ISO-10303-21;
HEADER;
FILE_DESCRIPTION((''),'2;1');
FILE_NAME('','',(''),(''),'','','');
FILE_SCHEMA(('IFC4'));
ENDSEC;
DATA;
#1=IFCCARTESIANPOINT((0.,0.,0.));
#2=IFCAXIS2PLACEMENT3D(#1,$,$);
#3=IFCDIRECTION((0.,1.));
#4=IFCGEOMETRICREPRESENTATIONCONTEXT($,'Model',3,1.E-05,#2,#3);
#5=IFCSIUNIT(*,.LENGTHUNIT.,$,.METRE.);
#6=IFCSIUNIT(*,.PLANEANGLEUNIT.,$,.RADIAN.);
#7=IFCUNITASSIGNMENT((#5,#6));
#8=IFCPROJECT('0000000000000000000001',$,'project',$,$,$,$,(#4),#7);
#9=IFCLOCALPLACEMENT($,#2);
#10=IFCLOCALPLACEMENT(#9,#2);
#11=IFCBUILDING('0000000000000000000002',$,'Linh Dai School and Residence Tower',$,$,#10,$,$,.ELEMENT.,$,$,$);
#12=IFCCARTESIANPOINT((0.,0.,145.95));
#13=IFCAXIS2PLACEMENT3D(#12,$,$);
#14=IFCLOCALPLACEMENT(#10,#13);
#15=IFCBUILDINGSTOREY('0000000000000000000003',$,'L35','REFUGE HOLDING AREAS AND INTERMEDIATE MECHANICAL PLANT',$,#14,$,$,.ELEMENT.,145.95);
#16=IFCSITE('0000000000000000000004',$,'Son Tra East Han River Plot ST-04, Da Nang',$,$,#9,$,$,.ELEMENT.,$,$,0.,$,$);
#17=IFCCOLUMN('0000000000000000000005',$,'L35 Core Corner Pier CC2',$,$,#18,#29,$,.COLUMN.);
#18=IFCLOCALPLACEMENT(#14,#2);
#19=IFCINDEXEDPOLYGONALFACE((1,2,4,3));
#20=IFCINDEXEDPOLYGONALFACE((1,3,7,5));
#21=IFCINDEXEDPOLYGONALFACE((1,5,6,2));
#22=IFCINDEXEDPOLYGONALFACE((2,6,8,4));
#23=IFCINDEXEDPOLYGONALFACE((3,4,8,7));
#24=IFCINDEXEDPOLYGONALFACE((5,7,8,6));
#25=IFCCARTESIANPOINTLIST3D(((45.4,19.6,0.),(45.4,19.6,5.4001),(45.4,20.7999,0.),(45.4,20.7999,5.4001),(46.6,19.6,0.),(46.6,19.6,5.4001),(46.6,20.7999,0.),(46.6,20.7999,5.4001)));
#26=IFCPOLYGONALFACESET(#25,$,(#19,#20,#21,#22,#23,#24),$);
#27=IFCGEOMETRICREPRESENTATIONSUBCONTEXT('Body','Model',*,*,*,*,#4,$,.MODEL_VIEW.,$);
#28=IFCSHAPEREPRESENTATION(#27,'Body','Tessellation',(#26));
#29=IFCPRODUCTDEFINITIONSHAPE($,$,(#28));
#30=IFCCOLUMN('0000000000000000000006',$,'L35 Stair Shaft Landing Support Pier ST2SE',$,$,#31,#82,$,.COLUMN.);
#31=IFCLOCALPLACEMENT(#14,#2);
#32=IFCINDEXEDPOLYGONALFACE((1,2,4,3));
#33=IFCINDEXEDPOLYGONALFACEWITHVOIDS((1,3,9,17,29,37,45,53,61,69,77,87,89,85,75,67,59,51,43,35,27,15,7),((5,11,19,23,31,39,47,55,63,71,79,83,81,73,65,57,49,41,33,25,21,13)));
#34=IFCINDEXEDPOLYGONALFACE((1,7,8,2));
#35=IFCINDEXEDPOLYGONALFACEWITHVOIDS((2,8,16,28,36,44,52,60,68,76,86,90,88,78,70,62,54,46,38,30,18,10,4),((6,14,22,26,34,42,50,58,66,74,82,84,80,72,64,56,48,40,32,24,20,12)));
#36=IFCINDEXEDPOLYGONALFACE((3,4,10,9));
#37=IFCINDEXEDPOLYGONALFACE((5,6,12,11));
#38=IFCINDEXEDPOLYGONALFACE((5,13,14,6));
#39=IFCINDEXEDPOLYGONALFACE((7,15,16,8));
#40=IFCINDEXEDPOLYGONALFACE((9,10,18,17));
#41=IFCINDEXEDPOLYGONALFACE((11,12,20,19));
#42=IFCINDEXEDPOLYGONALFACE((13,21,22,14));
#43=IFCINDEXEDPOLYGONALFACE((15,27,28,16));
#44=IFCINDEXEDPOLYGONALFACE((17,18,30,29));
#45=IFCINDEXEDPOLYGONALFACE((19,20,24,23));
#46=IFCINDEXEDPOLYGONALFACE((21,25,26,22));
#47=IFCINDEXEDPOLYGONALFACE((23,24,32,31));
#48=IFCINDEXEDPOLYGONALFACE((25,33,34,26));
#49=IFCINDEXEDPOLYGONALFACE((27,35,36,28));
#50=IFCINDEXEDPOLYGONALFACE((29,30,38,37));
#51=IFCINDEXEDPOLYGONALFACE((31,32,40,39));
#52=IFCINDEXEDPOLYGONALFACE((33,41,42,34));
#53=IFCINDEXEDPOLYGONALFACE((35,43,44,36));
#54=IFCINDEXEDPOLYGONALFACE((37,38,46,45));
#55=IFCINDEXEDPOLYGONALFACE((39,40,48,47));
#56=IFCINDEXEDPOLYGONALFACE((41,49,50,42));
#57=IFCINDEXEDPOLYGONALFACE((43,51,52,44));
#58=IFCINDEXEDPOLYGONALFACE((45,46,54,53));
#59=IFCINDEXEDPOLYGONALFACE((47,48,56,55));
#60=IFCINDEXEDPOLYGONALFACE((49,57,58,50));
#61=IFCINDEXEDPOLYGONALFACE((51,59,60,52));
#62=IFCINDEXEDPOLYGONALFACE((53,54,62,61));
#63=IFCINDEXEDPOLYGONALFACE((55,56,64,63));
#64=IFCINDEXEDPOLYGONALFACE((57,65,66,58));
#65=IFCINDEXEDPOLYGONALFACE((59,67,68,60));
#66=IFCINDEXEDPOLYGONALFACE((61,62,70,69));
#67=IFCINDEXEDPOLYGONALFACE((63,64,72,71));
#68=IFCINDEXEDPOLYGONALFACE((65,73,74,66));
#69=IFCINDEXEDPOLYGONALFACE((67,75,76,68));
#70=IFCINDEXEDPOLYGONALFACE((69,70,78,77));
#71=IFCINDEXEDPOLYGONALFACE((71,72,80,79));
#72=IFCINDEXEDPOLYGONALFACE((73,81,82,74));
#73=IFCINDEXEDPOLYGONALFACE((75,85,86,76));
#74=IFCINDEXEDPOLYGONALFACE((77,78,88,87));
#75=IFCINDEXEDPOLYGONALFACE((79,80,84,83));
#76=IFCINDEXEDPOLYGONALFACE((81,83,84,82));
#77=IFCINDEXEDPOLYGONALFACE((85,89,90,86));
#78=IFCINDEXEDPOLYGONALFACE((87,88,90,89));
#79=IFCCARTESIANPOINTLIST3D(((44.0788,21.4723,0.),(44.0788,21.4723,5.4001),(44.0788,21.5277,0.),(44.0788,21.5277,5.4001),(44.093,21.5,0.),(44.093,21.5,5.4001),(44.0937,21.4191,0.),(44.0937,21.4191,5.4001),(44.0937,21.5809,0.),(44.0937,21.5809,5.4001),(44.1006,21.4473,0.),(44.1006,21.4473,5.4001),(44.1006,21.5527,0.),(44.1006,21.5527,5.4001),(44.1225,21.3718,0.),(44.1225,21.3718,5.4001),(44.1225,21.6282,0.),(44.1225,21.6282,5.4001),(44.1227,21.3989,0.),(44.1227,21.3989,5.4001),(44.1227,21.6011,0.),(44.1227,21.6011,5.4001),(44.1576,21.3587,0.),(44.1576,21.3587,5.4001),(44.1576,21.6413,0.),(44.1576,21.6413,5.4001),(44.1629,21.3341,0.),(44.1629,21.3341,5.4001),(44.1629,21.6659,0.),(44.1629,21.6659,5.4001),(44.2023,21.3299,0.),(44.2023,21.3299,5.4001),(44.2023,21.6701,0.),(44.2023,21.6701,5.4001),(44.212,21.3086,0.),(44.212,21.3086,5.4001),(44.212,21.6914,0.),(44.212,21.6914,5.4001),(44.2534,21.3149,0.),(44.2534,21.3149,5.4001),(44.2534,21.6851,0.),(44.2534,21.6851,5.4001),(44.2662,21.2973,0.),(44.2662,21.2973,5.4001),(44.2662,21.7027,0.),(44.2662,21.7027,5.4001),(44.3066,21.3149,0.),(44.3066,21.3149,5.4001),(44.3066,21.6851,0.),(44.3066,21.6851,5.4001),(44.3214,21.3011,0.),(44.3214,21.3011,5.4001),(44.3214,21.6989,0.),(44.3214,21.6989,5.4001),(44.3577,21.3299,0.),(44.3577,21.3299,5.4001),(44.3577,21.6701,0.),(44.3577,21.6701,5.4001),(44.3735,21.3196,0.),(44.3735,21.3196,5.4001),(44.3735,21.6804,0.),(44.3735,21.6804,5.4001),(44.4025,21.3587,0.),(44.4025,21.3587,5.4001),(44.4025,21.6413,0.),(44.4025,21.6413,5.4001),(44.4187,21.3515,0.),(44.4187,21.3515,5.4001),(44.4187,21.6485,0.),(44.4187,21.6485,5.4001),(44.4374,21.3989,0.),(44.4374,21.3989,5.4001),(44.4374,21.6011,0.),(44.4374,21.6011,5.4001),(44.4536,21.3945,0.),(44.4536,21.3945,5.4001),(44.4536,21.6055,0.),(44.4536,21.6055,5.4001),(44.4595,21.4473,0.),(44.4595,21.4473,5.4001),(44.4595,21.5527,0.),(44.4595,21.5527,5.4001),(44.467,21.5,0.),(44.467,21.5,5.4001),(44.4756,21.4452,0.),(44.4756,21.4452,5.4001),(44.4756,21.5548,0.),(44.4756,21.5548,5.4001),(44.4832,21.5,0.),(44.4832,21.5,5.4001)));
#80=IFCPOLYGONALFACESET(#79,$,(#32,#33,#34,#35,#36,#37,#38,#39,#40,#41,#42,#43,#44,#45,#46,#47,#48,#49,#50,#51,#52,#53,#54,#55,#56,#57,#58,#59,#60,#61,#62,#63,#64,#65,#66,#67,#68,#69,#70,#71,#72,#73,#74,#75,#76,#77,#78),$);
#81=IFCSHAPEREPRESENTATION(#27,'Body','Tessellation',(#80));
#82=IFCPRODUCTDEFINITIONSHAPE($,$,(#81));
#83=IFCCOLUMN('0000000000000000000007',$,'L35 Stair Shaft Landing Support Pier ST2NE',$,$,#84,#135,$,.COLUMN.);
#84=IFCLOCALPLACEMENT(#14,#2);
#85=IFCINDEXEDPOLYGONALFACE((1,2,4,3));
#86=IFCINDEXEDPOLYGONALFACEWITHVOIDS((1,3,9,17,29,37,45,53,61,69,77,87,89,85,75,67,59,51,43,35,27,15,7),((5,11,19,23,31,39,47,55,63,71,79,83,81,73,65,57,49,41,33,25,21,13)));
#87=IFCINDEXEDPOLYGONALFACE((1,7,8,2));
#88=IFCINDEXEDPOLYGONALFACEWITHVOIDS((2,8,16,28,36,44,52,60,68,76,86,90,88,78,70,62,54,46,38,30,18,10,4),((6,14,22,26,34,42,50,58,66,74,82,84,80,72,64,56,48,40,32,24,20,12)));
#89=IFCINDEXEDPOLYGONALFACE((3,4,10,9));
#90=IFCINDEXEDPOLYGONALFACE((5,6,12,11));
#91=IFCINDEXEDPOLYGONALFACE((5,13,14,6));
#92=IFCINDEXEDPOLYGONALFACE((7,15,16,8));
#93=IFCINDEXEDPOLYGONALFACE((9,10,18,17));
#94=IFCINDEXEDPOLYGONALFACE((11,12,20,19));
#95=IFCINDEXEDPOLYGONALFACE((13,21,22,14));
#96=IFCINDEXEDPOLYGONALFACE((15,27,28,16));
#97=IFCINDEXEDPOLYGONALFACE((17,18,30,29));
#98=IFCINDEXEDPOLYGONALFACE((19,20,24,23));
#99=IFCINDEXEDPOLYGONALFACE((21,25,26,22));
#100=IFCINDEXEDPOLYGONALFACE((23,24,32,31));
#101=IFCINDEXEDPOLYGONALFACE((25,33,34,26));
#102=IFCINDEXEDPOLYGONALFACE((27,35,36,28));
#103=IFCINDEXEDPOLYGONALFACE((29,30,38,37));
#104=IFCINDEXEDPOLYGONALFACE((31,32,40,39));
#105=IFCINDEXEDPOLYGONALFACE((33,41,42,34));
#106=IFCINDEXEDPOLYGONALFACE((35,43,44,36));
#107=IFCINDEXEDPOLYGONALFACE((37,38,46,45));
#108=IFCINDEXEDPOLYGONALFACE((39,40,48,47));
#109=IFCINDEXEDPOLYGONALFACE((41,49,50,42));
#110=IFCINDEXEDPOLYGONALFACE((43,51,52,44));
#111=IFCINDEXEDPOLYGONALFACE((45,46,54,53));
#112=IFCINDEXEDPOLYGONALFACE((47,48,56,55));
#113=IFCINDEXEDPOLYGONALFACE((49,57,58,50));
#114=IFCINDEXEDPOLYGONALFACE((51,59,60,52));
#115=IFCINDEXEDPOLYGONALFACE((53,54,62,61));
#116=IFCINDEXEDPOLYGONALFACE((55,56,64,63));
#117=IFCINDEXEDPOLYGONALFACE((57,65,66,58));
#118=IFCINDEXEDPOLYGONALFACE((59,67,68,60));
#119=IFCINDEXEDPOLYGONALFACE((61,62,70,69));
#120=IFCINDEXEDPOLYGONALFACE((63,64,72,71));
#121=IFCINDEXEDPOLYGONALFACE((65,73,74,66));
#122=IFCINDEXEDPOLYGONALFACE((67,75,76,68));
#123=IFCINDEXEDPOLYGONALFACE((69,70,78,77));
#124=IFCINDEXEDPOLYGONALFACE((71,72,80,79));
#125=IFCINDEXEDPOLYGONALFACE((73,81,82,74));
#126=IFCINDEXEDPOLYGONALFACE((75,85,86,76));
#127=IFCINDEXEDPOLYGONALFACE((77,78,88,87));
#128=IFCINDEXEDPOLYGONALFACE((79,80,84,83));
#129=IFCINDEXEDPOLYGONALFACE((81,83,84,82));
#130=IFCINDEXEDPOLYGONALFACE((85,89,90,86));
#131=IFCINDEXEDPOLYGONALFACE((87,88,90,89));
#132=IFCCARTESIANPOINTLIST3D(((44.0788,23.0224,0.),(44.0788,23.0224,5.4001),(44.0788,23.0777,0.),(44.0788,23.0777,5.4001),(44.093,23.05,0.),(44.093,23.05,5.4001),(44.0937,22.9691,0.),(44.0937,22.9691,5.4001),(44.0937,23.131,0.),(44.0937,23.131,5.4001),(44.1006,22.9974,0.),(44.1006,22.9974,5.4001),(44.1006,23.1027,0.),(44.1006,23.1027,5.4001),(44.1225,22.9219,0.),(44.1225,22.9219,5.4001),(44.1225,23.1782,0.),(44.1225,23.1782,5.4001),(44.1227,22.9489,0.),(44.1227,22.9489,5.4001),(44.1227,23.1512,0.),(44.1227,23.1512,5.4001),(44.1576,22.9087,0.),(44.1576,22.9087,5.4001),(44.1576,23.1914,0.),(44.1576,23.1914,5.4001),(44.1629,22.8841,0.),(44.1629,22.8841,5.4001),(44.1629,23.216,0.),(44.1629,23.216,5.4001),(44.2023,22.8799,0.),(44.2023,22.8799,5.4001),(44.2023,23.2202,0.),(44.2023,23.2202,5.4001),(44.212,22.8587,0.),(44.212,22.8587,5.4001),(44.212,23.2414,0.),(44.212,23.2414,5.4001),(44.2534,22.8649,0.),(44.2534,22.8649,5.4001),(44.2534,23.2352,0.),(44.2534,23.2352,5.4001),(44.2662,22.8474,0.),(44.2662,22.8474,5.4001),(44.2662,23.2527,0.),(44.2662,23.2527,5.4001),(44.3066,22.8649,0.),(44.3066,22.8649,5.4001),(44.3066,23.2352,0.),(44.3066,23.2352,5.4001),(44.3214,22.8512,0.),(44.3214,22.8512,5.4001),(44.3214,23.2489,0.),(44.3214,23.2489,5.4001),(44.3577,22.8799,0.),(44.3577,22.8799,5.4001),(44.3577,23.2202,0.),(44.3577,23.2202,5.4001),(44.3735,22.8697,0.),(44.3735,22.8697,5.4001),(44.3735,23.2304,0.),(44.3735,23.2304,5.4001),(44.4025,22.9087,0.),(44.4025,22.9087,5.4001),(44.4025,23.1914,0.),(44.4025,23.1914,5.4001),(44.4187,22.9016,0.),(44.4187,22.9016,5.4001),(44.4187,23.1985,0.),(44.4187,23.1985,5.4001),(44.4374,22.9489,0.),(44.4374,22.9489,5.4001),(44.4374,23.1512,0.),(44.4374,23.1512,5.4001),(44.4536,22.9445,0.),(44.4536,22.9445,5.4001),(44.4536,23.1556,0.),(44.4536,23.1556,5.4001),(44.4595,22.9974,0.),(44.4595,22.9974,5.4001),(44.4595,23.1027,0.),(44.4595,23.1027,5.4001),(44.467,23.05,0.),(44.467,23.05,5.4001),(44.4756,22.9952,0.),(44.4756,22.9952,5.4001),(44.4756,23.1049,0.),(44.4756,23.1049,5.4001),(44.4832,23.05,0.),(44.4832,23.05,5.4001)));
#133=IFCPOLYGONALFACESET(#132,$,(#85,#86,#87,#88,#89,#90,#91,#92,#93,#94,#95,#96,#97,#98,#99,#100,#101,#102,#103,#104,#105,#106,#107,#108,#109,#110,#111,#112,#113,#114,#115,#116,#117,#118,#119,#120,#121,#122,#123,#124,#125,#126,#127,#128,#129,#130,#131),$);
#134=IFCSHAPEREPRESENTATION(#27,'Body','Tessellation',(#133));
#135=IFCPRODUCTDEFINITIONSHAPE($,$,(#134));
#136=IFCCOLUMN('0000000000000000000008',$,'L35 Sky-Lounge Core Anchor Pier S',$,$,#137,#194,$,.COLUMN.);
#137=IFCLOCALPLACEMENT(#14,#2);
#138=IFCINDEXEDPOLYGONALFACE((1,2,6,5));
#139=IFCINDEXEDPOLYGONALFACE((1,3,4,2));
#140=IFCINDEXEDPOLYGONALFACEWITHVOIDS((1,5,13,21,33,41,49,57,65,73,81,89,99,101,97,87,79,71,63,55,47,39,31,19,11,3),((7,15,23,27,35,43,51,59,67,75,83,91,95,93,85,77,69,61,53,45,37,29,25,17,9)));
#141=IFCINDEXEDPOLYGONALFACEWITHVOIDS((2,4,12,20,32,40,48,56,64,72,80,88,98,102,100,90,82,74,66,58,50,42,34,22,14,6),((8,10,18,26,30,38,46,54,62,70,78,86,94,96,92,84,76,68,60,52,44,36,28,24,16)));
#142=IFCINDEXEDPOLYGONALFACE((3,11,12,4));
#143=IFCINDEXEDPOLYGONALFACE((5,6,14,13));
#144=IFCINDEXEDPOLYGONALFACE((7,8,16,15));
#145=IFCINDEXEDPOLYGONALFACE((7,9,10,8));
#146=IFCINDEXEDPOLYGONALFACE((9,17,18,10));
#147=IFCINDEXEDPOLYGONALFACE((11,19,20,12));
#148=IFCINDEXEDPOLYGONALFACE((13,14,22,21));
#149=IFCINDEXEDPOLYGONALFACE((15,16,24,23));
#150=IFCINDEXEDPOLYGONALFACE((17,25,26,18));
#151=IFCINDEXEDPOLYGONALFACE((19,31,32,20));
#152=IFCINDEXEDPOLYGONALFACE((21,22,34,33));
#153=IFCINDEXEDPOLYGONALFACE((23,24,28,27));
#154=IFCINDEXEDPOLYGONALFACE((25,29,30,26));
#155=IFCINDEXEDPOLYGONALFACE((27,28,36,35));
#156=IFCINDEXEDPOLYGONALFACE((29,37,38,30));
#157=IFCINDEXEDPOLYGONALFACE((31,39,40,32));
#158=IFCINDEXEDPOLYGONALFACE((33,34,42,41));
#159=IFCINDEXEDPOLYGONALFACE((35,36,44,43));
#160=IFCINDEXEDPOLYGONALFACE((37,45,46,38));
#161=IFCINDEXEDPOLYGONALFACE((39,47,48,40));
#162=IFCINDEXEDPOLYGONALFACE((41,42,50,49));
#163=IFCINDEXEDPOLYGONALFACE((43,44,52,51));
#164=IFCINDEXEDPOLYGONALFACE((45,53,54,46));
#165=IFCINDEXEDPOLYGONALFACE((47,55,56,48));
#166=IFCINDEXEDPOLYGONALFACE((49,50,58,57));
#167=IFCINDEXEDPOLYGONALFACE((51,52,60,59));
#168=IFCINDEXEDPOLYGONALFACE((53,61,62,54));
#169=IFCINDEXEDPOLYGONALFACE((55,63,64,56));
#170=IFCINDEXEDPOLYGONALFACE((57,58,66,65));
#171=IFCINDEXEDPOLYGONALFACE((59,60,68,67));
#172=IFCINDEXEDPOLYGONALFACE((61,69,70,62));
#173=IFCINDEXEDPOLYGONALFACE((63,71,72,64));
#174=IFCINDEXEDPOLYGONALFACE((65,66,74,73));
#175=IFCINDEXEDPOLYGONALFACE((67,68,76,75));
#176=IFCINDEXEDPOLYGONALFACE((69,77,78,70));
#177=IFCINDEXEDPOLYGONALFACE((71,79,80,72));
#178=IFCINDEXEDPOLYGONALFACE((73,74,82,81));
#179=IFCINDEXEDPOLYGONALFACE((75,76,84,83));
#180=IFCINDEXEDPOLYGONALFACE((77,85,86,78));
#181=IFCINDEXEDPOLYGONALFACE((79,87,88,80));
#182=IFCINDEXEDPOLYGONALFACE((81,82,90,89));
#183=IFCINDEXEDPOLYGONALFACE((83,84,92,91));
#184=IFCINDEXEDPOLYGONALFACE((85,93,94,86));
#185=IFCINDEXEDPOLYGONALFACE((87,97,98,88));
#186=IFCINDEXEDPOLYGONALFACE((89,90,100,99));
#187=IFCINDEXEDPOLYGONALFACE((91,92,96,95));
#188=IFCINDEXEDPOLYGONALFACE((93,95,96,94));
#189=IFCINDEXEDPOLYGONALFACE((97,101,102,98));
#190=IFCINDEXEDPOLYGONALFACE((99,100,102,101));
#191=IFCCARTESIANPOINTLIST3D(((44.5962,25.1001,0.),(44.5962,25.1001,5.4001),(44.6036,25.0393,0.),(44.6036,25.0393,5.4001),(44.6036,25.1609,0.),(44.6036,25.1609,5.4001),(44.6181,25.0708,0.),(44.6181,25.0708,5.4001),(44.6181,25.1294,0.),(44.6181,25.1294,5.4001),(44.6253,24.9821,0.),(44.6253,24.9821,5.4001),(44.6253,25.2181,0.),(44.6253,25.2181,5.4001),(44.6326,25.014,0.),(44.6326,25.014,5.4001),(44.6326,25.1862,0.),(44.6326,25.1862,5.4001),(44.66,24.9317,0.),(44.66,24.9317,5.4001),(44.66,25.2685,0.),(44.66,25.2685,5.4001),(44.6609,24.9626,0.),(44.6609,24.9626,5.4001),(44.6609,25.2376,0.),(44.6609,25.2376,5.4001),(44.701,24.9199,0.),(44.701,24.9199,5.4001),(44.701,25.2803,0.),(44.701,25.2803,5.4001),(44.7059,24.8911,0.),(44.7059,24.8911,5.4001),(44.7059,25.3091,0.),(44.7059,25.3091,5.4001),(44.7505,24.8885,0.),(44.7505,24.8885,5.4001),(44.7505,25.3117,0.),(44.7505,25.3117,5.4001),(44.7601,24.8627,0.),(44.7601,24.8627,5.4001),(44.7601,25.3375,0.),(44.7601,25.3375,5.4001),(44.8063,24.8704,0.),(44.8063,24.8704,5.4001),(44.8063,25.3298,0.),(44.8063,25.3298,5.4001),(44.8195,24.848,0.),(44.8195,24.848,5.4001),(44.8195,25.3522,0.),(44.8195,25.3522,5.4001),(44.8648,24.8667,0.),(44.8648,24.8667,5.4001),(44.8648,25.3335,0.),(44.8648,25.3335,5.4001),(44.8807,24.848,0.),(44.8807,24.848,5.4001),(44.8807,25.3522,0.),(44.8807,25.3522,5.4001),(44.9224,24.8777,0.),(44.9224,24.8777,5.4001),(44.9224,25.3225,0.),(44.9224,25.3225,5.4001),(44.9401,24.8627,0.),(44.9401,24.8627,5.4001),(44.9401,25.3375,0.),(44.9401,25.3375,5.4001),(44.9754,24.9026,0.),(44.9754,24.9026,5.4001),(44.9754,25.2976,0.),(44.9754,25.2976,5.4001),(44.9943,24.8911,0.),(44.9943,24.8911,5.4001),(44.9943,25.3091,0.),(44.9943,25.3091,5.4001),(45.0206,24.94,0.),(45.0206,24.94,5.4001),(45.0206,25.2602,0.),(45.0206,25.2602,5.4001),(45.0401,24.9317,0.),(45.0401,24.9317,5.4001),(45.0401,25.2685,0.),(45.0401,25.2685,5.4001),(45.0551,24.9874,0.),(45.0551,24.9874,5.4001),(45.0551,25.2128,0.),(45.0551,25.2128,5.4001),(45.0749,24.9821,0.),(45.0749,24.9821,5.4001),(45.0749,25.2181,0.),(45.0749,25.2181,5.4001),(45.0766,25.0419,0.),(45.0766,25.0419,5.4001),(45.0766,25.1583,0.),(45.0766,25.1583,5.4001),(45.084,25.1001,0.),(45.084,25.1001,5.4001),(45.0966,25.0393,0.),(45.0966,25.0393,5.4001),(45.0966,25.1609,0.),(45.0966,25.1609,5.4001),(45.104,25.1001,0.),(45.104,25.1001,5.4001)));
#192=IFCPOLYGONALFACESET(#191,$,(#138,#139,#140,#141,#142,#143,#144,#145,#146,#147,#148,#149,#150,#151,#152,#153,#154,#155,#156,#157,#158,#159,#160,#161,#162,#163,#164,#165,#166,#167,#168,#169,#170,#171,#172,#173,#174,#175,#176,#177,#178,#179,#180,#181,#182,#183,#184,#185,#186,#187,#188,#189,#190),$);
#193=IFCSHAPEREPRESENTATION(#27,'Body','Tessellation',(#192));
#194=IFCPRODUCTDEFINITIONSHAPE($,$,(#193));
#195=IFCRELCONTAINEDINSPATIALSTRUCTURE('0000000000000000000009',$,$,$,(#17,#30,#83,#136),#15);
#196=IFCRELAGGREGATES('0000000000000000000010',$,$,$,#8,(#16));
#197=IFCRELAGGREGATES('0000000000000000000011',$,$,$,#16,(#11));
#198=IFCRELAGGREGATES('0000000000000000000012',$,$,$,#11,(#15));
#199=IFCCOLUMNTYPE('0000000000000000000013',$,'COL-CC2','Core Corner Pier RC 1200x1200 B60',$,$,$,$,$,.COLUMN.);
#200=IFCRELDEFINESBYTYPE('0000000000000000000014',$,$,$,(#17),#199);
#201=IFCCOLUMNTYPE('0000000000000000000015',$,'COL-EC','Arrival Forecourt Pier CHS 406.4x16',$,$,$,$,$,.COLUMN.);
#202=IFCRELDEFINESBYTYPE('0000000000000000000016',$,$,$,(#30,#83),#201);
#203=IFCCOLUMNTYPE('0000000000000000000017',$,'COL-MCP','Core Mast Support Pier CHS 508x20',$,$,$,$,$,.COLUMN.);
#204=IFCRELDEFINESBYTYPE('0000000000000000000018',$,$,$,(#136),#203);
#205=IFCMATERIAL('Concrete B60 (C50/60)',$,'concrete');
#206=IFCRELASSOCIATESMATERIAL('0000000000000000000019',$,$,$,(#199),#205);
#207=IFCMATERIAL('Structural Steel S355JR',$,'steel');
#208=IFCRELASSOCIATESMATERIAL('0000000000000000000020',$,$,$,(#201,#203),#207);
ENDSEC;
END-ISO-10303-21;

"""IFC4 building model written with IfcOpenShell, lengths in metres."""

from ifc_helpers import new_model, si_unit, direction, frame, origin, origin_2d, place, context, subcontext, project, spatial, rectangle, hollow_circle, extrude, material, material_profile, profile_set, type_object, element, save


model = new_model("IFC4")

# Units and contexts
model_context = context("Model", 3, precision=1e-05, world=origin(), true_north=direction((0.0, 1.0)))
body_context = subcontext(model_context, "Body", "Model", "MODEL_VIEW")
ifc_project = project(units=[si_unit("LENGTHUNIT", "METRE"), si_unit("PLANEANGLEUNIT", "RADIAN")], contexts=[model_context])

# Site, building, storey
site_placement = place(None, origin())
site = spatial("IfcSite", under=ifc_project, at=site_placement, Name="Son Tra East Han River Plot ST-04, Da Nang", CompositionType="ELEMENT", RefElevation=0.0)
building_placement = place(site_placement, origin())
building = spatial("IfcBuilding", under=site, at=building_placement, Name="Linh Dai School and Residence Tower", CompositionType="ELEMENT")
storey_placement = place(building_placement, frame((0.0, 0.0, 145.95)))
storey = spatial("IfcBuildingStorey", under=building, at=storey_placement, Name="L35", Description="REFUGE HOLDING AREAS AND INTERMEDIATE MECHANICAL PLANT", CompositionType="ELEMENT", Elevation=145.95)

# Columns
ifc_material_1 = material(Name="Concrete B60 (C50/60)", Category="concrete")
ifc_material_profile_1 = material_profile(ifc_material_1, rectangle(XDim=1.2, YDim=1.2, at=origin_2d()), Name="RC 1200x1200")
ifc_profile_set_1 = profile_set([ifc_material_profile_1], Name="Concrete B60 (C50/60)")
column_type_1 = type_object("IfcColumnType", Name="COL-CC2", Description="Core Corner Pier RC 1200x1200 B60", PredefinedType="COLUMN", material=ifc_profile_set_1)
column_1_placement = place(storey_placement, frame((46.0, 20.2, 0.0), z_axis=(0.0, 0.0, 1.0), x_axis=(1.0, 0.0, 0.0)))
element("IfcColumn", 1, at=column_1_placement, inside=storey, type_object=column_type_1, Name="L35 Core Corner Pier CC2", PredefinedType="COLUMN", context=body_context, shape_type="SweptSolid", body=[
    extrude(rectangle(XDim=1.2, YDim=1.2, at=origin_2d()), origin(), (0.0, 0.0, 1.0), 5.4001),
])
ifc_material_2 = material(Name="Structural Steel S355JR", Category="steel")
ifc_material_profile_2 = material_profile(ifc_material_2, hollow_circle(Radius=0.2031, WallThickness=0.0161, at=origin_2d()), Name="CHS 406.4x16")
ifc_profile_set_2 = profile_set([ifc_material_profile_2], Name="Structural Steel S355JR")
column_type_2 = type_object("IfcColumnType", Name="COL-EC", Description="Arrival Forecourt Pier CHS 406.4x16", PredefinedType="COLUMN", material=ifc_profile_set_2)
for number, where, z_axis, x_axis, name in (
    (2, (44.28, 21.5, 0.0), (0.0, 0.0, 1.0), (1.0, 0.0, 0.0), "L35 Stair Shaft Landing Support Pier ST2SE"),
    (3, (44.28, 23.05, 0.0), (0.0, 0.0, 1.0), (1.0, 0.0, 0.0), "L35 Stair Shaft Landing Support Pier ST2NE"),
):
    element("IfcColumn", number, at=place(storey_placement, frame(where, z_axis=z_axis, x_axis=x_axis)), inside=storey, type_object=column_type_2, Name=name, PredefinedType="COLUMN", context=body_context, shape_type="SweptSolid", body=[
        extrude(hollow_circle(Radius=0.2031, WallThickness=0.0161, at=origin_2d()), origin(), (0.0, 0.0, 1.0), 5.4001),
    ])
ifc_material_profile_3 = material_profile(ifc_material_2, hollow_circle(Radius=0.2539, WallThickness=0.02, at=origin_2d()), Name="CHS 508x20")
ifc_profile_set_3 = profile_set([ifc_material_profile_3], Name="Structural Steel S355JR")
column_type_3 = type_object("IfcColumnType", Name="COL-MCP", Description="Core Mast Support Pier CHS 508x20", PredefinedType="COLUMN", material=ifc_profile_set_3)
column_2_placement = place(storey_placement, frame((44.8501, 25.1001, 0.0), z_axis=(0.0, 0.0, 1.0), x_axis=(1.0, 0.0, 0.0)))
element("IfcColumn", 4, at=column_2_placement, inside=storey, type_object=column_type_3, Name="L35 Sky-Lounge Core Anchor Pier S", PredefinedType="COLUMN", context=body_context, shape_type="SweptSolid", body=[
    extrude(hollow_circle(Radius=0.2539, WallThickness=0.02, at=origin_2d()), origin(), (0.0, 0.0, 1.0), 5.4001),
])

save(model, "model.ifc")
